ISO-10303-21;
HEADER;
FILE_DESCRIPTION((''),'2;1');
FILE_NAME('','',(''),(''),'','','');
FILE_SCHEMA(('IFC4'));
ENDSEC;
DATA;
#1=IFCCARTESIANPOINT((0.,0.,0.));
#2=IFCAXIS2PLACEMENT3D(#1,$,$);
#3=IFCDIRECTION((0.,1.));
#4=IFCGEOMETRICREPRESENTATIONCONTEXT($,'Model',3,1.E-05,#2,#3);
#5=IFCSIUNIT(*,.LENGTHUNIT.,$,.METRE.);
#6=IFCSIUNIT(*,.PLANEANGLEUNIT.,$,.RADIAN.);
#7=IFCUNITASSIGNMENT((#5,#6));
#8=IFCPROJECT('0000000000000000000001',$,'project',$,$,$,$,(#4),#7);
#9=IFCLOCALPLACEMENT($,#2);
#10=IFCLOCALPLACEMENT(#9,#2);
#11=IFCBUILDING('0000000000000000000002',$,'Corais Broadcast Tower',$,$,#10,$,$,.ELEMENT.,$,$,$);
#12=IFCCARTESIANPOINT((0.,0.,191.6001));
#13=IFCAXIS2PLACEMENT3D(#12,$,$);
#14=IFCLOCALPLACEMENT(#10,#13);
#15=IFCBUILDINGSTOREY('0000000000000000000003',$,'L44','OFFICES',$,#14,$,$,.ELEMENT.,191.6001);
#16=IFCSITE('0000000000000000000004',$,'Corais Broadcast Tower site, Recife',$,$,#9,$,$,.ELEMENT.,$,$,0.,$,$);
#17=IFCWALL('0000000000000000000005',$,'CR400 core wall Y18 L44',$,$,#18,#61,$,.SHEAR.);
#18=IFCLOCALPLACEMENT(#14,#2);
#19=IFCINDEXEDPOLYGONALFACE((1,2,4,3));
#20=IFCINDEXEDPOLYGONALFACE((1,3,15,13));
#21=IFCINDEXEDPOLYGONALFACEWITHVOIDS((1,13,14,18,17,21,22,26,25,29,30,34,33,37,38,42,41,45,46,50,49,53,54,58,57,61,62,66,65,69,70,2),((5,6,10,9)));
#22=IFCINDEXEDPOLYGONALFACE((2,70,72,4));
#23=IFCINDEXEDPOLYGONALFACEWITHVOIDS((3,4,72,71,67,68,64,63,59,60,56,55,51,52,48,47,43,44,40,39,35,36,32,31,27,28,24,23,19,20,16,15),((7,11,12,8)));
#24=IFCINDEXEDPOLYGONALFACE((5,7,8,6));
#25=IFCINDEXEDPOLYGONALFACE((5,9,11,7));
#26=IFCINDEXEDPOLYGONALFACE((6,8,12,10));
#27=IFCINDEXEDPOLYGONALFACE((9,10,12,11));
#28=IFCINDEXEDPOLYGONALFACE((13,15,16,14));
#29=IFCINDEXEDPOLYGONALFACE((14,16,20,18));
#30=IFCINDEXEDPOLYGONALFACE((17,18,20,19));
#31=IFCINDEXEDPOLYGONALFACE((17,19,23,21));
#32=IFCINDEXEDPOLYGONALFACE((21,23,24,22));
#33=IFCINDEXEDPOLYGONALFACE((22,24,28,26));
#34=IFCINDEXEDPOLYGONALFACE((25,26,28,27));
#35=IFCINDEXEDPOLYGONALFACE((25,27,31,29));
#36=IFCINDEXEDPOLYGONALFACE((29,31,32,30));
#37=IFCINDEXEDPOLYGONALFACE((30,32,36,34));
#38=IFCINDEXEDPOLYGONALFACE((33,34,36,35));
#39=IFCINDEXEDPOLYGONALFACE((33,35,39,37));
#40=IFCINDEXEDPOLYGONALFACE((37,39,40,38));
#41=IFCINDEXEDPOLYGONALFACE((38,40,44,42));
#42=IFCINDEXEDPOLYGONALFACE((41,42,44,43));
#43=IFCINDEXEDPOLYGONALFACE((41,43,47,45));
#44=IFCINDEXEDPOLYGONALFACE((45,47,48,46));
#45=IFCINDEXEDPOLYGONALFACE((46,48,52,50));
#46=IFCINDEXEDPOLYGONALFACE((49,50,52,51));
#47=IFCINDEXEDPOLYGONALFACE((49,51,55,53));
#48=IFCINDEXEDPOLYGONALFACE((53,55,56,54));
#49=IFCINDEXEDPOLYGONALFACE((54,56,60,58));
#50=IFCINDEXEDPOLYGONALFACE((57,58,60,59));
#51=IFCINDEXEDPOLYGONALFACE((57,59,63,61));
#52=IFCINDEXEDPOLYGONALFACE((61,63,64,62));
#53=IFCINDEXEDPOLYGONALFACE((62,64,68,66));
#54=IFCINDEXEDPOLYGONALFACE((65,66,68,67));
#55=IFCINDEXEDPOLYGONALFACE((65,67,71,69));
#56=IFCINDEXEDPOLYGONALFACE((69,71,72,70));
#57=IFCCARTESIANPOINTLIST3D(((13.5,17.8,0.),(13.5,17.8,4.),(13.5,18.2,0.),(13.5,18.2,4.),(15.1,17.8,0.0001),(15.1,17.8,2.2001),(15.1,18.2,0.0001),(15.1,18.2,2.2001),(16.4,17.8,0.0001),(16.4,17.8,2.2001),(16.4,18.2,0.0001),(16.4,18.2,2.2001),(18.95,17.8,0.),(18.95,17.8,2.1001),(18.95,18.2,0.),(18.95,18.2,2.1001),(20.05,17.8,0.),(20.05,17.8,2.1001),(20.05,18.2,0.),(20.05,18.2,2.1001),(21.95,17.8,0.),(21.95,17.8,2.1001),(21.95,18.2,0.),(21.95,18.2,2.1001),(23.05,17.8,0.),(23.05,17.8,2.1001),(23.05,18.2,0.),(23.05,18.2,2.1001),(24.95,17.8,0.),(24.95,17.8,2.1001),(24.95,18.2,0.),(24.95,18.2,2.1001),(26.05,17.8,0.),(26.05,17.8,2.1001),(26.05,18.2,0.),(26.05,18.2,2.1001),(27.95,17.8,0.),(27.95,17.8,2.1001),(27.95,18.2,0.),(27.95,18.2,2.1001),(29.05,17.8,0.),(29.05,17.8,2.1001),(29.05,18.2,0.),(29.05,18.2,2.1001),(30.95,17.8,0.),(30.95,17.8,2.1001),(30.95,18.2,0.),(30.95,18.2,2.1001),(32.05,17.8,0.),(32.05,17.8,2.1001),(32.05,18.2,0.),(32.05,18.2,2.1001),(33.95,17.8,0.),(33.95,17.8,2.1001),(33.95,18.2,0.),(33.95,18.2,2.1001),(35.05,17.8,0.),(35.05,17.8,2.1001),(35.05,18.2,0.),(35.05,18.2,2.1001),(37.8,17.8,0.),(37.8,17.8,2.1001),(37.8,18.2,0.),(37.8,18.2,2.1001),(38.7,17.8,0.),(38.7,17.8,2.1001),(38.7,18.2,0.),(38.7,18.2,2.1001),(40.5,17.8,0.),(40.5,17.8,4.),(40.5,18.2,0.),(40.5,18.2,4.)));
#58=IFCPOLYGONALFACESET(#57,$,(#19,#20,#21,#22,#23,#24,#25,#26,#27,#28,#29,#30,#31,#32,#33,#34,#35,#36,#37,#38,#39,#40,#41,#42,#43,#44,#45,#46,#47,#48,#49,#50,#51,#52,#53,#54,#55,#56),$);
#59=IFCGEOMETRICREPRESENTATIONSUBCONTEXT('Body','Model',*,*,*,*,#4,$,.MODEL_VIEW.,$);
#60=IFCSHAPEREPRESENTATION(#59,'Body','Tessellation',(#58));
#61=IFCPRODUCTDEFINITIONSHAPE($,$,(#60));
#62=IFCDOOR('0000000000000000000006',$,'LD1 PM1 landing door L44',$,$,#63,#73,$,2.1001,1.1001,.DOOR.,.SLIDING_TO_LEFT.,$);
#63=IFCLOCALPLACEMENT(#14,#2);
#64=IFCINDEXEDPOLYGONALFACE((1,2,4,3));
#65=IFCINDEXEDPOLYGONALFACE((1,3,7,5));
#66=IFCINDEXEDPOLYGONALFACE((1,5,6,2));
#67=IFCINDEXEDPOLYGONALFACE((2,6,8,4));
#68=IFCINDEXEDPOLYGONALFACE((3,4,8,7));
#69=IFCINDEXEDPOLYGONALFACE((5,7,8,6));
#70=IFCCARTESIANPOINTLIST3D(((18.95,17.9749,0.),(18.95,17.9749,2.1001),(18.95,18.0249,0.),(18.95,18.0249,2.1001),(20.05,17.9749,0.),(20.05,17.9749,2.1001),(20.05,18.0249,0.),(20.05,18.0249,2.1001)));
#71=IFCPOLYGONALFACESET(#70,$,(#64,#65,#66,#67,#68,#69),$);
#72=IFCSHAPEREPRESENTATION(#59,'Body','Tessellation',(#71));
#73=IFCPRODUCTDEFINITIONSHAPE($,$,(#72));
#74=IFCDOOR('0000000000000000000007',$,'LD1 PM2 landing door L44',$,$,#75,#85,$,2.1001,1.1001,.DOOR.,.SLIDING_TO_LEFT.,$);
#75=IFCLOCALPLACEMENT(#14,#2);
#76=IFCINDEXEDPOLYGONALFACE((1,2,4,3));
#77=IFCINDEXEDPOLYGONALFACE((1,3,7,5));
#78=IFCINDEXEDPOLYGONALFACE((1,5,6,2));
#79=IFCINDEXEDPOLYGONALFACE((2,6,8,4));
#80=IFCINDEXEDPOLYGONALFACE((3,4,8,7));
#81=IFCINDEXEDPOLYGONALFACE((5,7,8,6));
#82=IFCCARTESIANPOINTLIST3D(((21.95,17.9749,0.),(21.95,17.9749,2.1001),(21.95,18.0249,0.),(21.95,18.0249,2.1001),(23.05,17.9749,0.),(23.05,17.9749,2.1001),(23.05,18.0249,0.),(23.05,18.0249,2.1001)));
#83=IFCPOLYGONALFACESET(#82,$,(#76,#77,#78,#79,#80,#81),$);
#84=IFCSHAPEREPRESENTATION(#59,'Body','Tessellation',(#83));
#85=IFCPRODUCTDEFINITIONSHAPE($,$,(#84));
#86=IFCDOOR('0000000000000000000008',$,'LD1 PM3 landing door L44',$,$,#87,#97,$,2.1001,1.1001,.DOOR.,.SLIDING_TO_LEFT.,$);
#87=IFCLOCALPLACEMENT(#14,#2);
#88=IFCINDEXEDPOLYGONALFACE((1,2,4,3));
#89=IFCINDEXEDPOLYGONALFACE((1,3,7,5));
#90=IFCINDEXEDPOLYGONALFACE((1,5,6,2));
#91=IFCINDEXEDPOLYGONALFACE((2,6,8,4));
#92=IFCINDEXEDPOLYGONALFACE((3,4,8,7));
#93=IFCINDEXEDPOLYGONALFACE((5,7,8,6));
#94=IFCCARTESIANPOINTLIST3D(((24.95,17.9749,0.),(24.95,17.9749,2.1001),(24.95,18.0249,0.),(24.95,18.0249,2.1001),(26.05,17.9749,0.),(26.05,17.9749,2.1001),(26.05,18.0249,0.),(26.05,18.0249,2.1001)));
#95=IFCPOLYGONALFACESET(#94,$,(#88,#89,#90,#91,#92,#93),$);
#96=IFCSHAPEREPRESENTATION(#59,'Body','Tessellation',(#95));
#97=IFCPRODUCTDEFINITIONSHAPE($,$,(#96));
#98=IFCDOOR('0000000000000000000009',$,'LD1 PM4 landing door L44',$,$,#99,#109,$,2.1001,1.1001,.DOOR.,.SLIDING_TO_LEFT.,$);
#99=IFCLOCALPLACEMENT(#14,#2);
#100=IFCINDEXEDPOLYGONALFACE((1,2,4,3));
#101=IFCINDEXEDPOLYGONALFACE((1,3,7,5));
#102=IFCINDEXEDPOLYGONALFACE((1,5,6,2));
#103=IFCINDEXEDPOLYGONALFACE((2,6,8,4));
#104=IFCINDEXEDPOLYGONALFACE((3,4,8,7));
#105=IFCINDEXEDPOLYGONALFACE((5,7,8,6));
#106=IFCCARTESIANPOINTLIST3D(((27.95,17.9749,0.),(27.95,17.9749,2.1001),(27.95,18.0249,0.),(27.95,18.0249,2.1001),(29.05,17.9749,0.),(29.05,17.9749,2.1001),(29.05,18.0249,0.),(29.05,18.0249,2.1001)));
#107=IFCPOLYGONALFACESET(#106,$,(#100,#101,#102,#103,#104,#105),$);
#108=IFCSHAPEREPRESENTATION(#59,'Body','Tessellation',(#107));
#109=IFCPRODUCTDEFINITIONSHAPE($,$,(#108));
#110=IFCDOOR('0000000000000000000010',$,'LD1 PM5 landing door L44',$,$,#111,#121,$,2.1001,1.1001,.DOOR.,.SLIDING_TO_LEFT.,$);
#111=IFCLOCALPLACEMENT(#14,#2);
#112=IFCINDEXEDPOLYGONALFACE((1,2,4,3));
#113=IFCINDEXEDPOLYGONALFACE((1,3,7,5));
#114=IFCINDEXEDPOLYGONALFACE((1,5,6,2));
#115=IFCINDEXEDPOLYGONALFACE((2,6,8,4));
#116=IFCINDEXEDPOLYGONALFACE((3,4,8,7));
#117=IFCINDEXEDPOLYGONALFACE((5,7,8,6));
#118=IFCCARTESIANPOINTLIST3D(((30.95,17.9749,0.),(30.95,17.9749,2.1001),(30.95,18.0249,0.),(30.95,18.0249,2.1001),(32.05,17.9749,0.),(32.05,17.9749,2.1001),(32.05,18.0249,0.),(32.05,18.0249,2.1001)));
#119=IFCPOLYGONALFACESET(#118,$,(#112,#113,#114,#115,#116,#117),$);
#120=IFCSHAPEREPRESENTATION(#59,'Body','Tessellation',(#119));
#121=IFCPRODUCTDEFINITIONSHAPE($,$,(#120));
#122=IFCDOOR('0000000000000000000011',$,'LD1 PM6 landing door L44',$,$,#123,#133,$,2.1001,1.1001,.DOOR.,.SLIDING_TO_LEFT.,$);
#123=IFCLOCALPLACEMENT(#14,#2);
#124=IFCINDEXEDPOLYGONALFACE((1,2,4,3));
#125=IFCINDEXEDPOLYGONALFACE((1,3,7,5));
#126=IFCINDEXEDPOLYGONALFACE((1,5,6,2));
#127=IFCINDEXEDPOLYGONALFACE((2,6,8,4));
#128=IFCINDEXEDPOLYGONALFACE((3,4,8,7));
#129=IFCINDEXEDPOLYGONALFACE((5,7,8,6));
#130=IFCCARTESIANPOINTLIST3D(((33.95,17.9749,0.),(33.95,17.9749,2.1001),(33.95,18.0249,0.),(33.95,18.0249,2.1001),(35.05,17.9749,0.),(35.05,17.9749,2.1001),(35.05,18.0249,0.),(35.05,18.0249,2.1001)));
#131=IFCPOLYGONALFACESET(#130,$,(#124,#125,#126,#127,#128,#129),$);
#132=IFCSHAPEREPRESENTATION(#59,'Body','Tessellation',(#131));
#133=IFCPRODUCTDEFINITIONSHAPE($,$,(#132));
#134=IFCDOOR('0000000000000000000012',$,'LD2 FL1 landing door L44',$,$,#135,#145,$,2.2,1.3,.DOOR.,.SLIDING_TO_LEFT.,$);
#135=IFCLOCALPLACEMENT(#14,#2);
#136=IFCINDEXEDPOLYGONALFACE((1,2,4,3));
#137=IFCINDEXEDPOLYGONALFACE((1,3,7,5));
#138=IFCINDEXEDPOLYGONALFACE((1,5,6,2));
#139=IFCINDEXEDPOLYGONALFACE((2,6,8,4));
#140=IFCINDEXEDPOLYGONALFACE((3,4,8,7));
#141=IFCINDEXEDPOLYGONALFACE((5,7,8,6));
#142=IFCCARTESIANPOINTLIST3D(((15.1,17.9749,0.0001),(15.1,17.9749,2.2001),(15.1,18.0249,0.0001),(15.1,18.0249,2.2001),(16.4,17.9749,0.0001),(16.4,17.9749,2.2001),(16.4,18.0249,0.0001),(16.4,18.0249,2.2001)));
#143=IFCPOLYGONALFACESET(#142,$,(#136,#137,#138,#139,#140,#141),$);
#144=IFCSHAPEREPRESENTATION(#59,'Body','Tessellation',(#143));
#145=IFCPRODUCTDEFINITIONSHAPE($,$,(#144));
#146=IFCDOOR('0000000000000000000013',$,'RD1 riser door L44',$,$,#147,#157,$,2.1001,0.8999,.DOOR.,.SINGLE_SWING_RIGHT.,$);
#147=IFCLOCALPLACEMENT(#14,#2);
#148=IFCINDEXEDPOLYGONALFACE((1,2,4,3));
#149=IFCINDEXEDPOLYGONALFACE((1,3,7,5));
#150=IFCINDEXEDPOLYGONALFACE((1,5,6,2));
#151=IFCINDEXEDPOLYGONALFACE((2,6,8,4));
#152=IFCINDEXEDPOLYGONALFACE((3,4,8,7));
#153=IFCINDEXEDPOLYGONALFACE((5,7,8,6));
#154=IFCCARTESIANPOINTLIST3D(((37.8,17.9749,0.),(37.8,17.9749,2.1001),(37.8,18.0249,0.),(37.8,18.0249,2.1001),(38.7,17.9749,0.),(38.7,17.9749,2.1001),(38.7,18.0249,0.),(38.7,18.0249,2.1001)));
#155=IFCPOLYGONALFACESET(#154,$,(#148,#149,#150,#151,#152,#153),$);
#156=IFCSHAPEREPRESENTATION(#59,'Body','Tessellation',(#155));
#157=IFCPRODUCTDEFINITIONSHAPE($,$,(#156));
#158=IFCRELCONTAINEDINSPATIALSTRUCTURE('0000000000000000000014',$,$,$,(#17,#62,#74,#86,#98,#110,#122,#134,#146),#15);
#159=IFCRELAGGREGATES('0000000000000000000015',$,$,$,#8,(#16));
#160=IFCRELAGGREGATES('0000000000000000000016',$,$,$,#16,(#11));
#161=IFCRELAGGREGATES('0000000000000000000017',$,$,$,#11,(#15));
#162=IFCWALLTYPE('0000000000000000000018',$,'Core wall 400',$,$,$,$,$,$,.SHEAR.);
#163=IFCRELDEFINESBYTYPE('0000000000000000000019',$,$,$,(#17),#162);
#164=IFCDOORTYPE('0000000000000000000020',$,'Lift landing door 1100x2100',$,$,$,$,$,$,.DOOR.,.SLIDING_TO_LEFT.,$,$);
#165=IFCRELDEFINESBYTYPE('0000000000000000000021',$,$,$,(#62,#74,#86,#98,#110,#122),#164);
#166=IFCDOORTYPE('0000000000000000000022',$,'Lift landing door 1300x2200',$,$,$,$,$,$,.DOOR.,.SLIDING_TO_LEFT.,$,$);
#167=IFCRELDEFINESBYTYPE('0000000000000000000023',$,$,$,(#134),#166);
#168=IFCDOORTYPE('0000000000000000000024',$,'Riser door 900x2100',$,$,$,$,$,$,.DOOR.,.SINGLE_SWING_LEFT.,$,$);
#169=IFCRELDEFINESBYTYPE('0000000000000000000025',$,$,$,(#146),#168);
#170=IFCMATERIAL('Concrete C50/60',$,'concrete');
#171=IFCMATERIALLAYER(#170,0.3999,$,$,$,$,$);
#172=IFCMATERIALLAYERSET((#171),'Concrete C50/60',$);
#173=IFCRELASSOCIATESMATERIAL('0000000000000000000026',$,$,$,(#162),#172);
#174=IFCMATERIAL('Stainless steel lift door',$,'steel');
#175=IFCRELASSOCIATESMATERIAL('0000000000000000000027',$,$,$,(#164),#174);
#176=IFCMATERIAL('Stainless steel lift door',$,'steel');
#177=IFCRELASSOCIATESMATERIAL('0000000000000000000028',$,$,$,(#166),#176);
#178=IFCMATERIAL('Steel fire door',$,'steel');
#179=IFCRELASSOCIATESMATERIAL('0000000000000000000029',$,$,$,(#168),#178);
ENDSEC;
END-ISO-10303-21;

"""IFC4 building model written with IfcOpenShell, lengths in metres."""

from ifc_helpers import new_model, si_unit, direction, frame, frame_2d, origin, place, context, subcontext, project, spatial, rectangle, extrude, material, layer, layer_set, type_object, element, fill, save


model = new_model("IFC4")

# Units and contexts
model_context = context("Model", 3, precision=1e-05, world=origin(), true_north=direction((0.0, 1.0)))
body_context = subcontext(model_context, "Body", "Model", "MODEL_VIEW")
ifc_project = project(units=[si_unit("LENGTHUNIT", "METRE"), si_unit("PLANEANGLEUNIT", "RADIAN")], contexts=[model_context])

# Site, building, storey
site_placement = place(None, origin())
site = spatial("IfcSite", under=ifc_project, at=site_placement, Name="Corais Broadcast Tower site, Recife", CompositionType="ELEMENT", RefElevation=0.0)
building_placement = place(site_placement, origin())
building = spatial("IfcBuilding", under=site, at=building_placement, Name="Corais Broadcast Tower", CompositionType="ELEMENT")
storey_placement = place(building_placement, frame((0.0, 0.0, 191.6001)))
storey = spatial("IfcBuildingStorey", under=building, at=storey_placement, Name="L44", Description="OFFICES", CompositionType="ELEMENT", Elevation=191.6001)

# Wall, openings, doors
ifc_material_1 = material(Name="Concrete C50/60", Category="concrete")
ifc_layer_1 = layer(ifc_material_1, 0.3999)
ifc_layer_set_1 = layer_set([ifc_layer_1], Name="Concrete C50/60")
wall_type_1 = type_object("IfcWallType", Name="Core wall 400", PredefinedType="SHEAR", material=ifc_layer_set_1)
wall_1_placement = place(storey_placement, frame((13.5, 18.0, 0.0), z_axis=(0.0, 0.0, 1.0), x_axis=(1.0, 0.0, 0.0)))
wall_1 = element("IfcWall", 1, at=wall_1_placement, inside=storey, type_object=wall_type_1, Name="CR400 core wall Y18 L44", PredefinedType="SHEAR", context=body_context, shape_type="SweptSolid", body=[
    extrude(rectangle(XDim=27.0, YDim=0.3999, at=frame_2d((13.5, 0.0))), origin(), (0.0, 0.0, 1.0), 4.0),
])
opening_1_placement = place(wall_1_placement, frame((24.3, 0.0, 0.0)))
opening_1 = element("IfcOpeningElement", 2, at=opening_1_placement, cuts=wall_1, PredefinedType="OPENING", context=body_context, shape_type="SweptSolid", body=[
    extrude(rectangle(XDim=0.8999, YDim=2.1001, at=frame_2d((0.45, 1.05))), frame((0.0, 0.21, 0.0), z_axis=(0.0, -1.0, 0.0), x_axis=(1.0, 0.0, 0.0)), (0.0, 0.0, 1.0), 0.4199),
])
opening_2_placement = place(wall_1_placement, frame((5.45, 0.0, 0.0)))
opening_2 = element("IfcOpeningElement", 3, at=opening_2_placement, cuts=wall_1, PredefinedType="OPENING", context=body_context, shape_type="SweptSolid", body=[
    extrude(rectangle(XDim=1.1001, YDim=2.1001, at=frame_2d((0.55, 1.05))), frame((0.0, 0.21, 0.0), z_axis=(0.0, -1.0, 0.0), x_axis=(1.0, 0.0, 0.0)), (0.0, 0.0, 1.0), 0.4199),
])
opening_3_placement = place(wall_1_placement, frame((8.45, 0.0, 0.0)))
opening_3 = element("IfcOpeningElement", 4, at=opening_3_placement, cuts=wall_1, PredefinedType="OPENING", context=body_context, shape_type="SweptSolid", body=[
    extrude(rectangle(XDim=1.1001, YDim=2.1001, at=frame_2d((0.55, 1.05))), frame((0.0, 0.21, 0.0), z_axis=(0.0, -1.0, 0.0), x_axis=(1.0, 0.0, 0.0)), (0.0, 0.0, 1.0), 0.4199),
])
opening_4_placement = place(wall_1_placement, frame((11.45, 0.0, 0.0)))
opening_4 = element("IfcOpeningElement", 5, at=opening_4_placement, cuts=wall_1, PredefinedType="OPENING", context=body_context, shape_type="SweptSolid", body=[
    extrude(rectangle(XDim=1.1001, YDim=2.1001, at=frame_2d((0.55, 1.05))), frame((0.0, 0.21, 0.0), z_axis=(0.0, -1.0, 0.0), x_axis=(1.0, 0.0, 0.0)), (0.0, 0.0, 1.0), 0.4199),
])
opening_5_placement = place(wall_1_placement, frame((14.45, 0.0, 0.0)))
opening_5 = element("IfcOpeningElement", 6, at=opening_5_placement, cuts=wall_1, PredefinedType="OPENING", context=body_context, shape_type="SweptSolid", body=[
    extrude(rectangle(XDim=1.1001, YDim=2.1001, at=frame_2d((0.55, 1.05))), frame((0.0, 0.21, 0.0), z_axis=(0.0, -1.0, 0.0), x_axis=(1.0, 0.0, 0.0)), (0.0, 0.0, 1.0), 0.4199),
])
opening_6_placement = place(wall_1_placement, frame((17.45, 0.0, 0.0)))
opening_6 = element("IfcOpeningElement", 7, at=opening_6_placement, cuts=wall_1, PredefinedType="OPENING", context=body_context, shape_type="SweptSolid", body=[
    extrude(rectangle(XDim=1.1001, YDim=2.1001, at=frame_2d((0.55, 1.05))), frame((0.0, 0.21, 0.0), z_axis=(0.0, -1.0, 0.0), x_axis=(1.0, 0.0, 0.0)), (0.0, 0.0, 1.0), 0.4199),
])
opening_7_placement = place(wall_1_placement, frame((20.45, 0.0, 0.0)))
opening_7 = element("IfcOpeningElement", 8, at=opening_7_placement, cuts=wall_1, PredefinedType="OPENING", context=body_context, shape_type="SweptSolid", body=[
    extrude(rectangle(XDim=1.1001, YDim=2.1001, at=frame_2d((0.55, 1.05))), frame((0.0, 0.21, 0.0), z_axis=(0.0, -1.0, 0.0), x_axis=(1.0, 0.0, 0.0)), (0.0, 0.0, 1.0), 0.4199),
])
opening_8_placement = place(wall_1_placement, frame((1.6001, 0.0, 0.0)))
opening_8 = element("IfcOpeningElement", 9, at=opening_8_placement, cuts=wall_1, PredefinedType="OPENING", context=body_context, shape_type="SweptSolid", body=[
    extrude(rectangle(XDim=1.3, YDim=2.2, at=frame_2d((0.6499, 1.1001))), frame((0.0, 0.21, 0.0), z_axis=(0.0, -1.0, 0.0), x_axis=(1.0, 0.0, 0.0)), (0.0, 0.0, 1.0), 0.4199),
])
ifc_material_2 = material(Name="Stainless steel lift door", Category="steel")
door_type_1 = type_object("IfcDoorType", Name="Lift landing door 1100x2100", OperationType="SLIDING_TO_LEFT", PredefinedType="DOOR", material=ifc_material_2)
door_1_placement = place(opening_2_placement, origin())
door_1 = element("IfcDoor", 10, at=door_1_placement, inside=storey, type_object=door_type_1, Name="LD1 PM1 landing door L44", OperationType="SLIDING_TO_LEFT", OverallHeight=2.1001, OverallWidth=1.1001, PredefinedType="DOOR", context=body_context, shape_type="SweptSolid", body=[
    extrude(rectangle(XDim=1.1001, YDim=2.1001, at=frame_2d((0.55, 1.05))), frame((0.0, 0.0249, 0.0), z_axis=(0.0, -1.0, 0.0), x_axis=(1.0, 0.0, 0.0)), (0.0, 0.0, 1.0), 0.05),
])
fill(opening_2, door_1)
door_2_placement = place(opening_3_placement, origin())
door_2 = element("IfcDoor", 11, at=door_2_placement, inside=storey, type_object=door_type_1, Name="LD1 PM2 landing door L44", OperationType="SLIDING_TO_LEFT", OverallHeight=2.1001, OverallWidth=1.1001, PredefinedType="DOOR", context=body_context, shape_type="SweptSolid", body=[
    extrude(rectangle(XDim=1.1001, YDim=2.1001, at=frame_2d((0.55, 1.05))), frame((0.0, 0.0249, 0.0), z_axis=(0.0, -1.0, 0.0), x_axis=(1.0, 0.0, 0.0)), (0.0, 0.0, 1.0), 0.05),
])
fill(opening_3, door_2)
door_3_placement = place(opening_4_placement, origin())
door_3 = element("IfcDoor", 12, at=door_3_placement, inside=storey, type_object=door_type_1, Name="LD1 PM3 landing door L44", OperationType="SLIDING_TO_LEFT", OverallHeight=2.1001, OverallWidth=1.1001, PredefinedType="DOOR", context=body_context, shape_type="SweptSolid", body=[
    extrude(rectangle(XDim=1.1001, YDim=2.1001, at=frame_2d((0.55, 1.05))), frame((0.0, 0.0249, 0.0), z_axis=(0.0, -1.0, 0.0), x_axis=(1.0, 0.0, 0.0)), (0.0, 0.0, 1.0), 0.05),
])
fill(opening_4, door_3)
door_4_placement = place(opening_5_placement, origin())
door_4 = element("IfcDoor", 13, at=door_4_placement, inside=storey, type_object=door_type_1, Name="LD1 PM4 landing door L44", OperationType="SLIDING_TO_LEFT", OverallHeight=2.1001, OverallWidth=1.1001, PredefinedType="DOOR", context=body_context, shape_type="SweptSolid", body=[
    extrude(rectangle(XDim=1.1001, YDim=2.1001, at=frame_2d((0.55, 1.05))), frame((0.0, 0.0249, 0.0), z_axis=(0.0, -1.0, 0.0), x_axis=(1.0, 0.0, 0.0)), (0.0, 0.0, 1.0), 0.05),
])
fill(opening_5, door_4)
door_5_placement = place(opening_6_placement, origin())
door_5 = element("IfcDoor", 14, at=door_5_placement, inside=storey, type_object=door_type_1, Name="LD1 PM5 landing door L44", OperationType="SLIDING_TO_LEFT", OverallHeight=2.1001, OverallWidth=1.1001, PredefinedType="DOOR", context=body_context, shape_type="SweptSolid", body=[
    extrude(rectangle(XDim=1.1001, YDim=2.1001, at=frame_2d((0.55, 1.05))), frame((0.0, 0.0249, 0.0), z_axis=(0.0, -1.0, 0.0), x_axis=(1.0, 0.0, 0.0)), (0.0, 0.0, 1.0), 0.05),
])
fill(opening_6, door_5)
door_6_placement = place(opening_7_placement, origin())
door_6 = element("IfcDoor", 15, at=door_6_placement, inside=storey, type_object=door_type_1, Name="LD1 PM6 landing door L44", OperationType="SLIDING_TO_LEFT", OverallHeight=2.1001, OverallWidth=1.1001, PredefinedType="DOOR", context=body_context, shape_type="SweptSolid", body=[
    extrude(rectangle(XDim=1.1001, YDim=2.1001, at=frame_2d((0.55, 1.05))), frame((0.0, 0.0249, 0.0), z_axis=(0.0, -1.0, 0.0), x_axis=(1.0, 0.0, 0.0)), (0.0, 0.0, 1.0), 0.05),
])
fill(opening_7, door_6)
ifc_material_3 = material(Name="Stainless steel lift door", Category="steel")
door_type_2 = type_object("IfcDoorType", Name="Lift landing door 1300x2200", OperationType="SLIDING_TO_LEFT", PredefinedType="DOOR", material=ifc_material_3)
door_7_placement = place(opening_8_placement, origin())
door_7 = element("IfcDoor", 16, at=door_7_placement, inside=storey, type_object=door_type_2, Name="LD2 FL1 landing door L44", OperationType="SLIDING_TO_LEFT", OverallHeight=2.2, OverallWidth=1.3, PredefinedType="DOOR", context=body_context, shape_type="SweptSolid", body=[
    extrude(rectangle(XDim=1.3, YDim=2.2, at=frame_2d((0.6499, 1.1001))), frame((0.0, 0.0249, 0.0), z_axis=(0.0, -1.0, 0.0), x_axis=(1.0, 0.0, 0.0)), (0.0, 0.0, 1.0), 0.05),
])
fill(opening_8, door_7)
ifc_material_4 = material(Name="Steel fire door", Category="steel")
door_type_3 = type_object("IfcDoorType", Name="Riser door 900x2100", OperationType="SINGLE_SWING_LEFT", PredefinedType="DOOR", material=ifc_material_4)
door_8_placement = place(opening_1_placement, origin())
door_8 = element("IfcDoor", 17, at=door_8_placement, inside=storey, type_object=door_type_3, Name="RD1 riser door L44", OperationType="SINGLE_SWING_RIGHT", OverallHeight=2.1001, OverallWidth=0.8999, PredefinedType="DOOR", context=body_context, shape_type="SweptSolid", body=[
    extrude(rectangle(XDim=0.8999, YDim=2.1001, at=frame_2d((0.45, 1.05))), frame((0.0, 0.0249, 0.0), z_axis=(0.0, -1.0, 0.0), x_axis=(1.0, 0.0, 0.0)), (0.0, 0.0, 1.0), 0.05),
])
fill(opening_1, door_8)

save(model, "model.ifc")
